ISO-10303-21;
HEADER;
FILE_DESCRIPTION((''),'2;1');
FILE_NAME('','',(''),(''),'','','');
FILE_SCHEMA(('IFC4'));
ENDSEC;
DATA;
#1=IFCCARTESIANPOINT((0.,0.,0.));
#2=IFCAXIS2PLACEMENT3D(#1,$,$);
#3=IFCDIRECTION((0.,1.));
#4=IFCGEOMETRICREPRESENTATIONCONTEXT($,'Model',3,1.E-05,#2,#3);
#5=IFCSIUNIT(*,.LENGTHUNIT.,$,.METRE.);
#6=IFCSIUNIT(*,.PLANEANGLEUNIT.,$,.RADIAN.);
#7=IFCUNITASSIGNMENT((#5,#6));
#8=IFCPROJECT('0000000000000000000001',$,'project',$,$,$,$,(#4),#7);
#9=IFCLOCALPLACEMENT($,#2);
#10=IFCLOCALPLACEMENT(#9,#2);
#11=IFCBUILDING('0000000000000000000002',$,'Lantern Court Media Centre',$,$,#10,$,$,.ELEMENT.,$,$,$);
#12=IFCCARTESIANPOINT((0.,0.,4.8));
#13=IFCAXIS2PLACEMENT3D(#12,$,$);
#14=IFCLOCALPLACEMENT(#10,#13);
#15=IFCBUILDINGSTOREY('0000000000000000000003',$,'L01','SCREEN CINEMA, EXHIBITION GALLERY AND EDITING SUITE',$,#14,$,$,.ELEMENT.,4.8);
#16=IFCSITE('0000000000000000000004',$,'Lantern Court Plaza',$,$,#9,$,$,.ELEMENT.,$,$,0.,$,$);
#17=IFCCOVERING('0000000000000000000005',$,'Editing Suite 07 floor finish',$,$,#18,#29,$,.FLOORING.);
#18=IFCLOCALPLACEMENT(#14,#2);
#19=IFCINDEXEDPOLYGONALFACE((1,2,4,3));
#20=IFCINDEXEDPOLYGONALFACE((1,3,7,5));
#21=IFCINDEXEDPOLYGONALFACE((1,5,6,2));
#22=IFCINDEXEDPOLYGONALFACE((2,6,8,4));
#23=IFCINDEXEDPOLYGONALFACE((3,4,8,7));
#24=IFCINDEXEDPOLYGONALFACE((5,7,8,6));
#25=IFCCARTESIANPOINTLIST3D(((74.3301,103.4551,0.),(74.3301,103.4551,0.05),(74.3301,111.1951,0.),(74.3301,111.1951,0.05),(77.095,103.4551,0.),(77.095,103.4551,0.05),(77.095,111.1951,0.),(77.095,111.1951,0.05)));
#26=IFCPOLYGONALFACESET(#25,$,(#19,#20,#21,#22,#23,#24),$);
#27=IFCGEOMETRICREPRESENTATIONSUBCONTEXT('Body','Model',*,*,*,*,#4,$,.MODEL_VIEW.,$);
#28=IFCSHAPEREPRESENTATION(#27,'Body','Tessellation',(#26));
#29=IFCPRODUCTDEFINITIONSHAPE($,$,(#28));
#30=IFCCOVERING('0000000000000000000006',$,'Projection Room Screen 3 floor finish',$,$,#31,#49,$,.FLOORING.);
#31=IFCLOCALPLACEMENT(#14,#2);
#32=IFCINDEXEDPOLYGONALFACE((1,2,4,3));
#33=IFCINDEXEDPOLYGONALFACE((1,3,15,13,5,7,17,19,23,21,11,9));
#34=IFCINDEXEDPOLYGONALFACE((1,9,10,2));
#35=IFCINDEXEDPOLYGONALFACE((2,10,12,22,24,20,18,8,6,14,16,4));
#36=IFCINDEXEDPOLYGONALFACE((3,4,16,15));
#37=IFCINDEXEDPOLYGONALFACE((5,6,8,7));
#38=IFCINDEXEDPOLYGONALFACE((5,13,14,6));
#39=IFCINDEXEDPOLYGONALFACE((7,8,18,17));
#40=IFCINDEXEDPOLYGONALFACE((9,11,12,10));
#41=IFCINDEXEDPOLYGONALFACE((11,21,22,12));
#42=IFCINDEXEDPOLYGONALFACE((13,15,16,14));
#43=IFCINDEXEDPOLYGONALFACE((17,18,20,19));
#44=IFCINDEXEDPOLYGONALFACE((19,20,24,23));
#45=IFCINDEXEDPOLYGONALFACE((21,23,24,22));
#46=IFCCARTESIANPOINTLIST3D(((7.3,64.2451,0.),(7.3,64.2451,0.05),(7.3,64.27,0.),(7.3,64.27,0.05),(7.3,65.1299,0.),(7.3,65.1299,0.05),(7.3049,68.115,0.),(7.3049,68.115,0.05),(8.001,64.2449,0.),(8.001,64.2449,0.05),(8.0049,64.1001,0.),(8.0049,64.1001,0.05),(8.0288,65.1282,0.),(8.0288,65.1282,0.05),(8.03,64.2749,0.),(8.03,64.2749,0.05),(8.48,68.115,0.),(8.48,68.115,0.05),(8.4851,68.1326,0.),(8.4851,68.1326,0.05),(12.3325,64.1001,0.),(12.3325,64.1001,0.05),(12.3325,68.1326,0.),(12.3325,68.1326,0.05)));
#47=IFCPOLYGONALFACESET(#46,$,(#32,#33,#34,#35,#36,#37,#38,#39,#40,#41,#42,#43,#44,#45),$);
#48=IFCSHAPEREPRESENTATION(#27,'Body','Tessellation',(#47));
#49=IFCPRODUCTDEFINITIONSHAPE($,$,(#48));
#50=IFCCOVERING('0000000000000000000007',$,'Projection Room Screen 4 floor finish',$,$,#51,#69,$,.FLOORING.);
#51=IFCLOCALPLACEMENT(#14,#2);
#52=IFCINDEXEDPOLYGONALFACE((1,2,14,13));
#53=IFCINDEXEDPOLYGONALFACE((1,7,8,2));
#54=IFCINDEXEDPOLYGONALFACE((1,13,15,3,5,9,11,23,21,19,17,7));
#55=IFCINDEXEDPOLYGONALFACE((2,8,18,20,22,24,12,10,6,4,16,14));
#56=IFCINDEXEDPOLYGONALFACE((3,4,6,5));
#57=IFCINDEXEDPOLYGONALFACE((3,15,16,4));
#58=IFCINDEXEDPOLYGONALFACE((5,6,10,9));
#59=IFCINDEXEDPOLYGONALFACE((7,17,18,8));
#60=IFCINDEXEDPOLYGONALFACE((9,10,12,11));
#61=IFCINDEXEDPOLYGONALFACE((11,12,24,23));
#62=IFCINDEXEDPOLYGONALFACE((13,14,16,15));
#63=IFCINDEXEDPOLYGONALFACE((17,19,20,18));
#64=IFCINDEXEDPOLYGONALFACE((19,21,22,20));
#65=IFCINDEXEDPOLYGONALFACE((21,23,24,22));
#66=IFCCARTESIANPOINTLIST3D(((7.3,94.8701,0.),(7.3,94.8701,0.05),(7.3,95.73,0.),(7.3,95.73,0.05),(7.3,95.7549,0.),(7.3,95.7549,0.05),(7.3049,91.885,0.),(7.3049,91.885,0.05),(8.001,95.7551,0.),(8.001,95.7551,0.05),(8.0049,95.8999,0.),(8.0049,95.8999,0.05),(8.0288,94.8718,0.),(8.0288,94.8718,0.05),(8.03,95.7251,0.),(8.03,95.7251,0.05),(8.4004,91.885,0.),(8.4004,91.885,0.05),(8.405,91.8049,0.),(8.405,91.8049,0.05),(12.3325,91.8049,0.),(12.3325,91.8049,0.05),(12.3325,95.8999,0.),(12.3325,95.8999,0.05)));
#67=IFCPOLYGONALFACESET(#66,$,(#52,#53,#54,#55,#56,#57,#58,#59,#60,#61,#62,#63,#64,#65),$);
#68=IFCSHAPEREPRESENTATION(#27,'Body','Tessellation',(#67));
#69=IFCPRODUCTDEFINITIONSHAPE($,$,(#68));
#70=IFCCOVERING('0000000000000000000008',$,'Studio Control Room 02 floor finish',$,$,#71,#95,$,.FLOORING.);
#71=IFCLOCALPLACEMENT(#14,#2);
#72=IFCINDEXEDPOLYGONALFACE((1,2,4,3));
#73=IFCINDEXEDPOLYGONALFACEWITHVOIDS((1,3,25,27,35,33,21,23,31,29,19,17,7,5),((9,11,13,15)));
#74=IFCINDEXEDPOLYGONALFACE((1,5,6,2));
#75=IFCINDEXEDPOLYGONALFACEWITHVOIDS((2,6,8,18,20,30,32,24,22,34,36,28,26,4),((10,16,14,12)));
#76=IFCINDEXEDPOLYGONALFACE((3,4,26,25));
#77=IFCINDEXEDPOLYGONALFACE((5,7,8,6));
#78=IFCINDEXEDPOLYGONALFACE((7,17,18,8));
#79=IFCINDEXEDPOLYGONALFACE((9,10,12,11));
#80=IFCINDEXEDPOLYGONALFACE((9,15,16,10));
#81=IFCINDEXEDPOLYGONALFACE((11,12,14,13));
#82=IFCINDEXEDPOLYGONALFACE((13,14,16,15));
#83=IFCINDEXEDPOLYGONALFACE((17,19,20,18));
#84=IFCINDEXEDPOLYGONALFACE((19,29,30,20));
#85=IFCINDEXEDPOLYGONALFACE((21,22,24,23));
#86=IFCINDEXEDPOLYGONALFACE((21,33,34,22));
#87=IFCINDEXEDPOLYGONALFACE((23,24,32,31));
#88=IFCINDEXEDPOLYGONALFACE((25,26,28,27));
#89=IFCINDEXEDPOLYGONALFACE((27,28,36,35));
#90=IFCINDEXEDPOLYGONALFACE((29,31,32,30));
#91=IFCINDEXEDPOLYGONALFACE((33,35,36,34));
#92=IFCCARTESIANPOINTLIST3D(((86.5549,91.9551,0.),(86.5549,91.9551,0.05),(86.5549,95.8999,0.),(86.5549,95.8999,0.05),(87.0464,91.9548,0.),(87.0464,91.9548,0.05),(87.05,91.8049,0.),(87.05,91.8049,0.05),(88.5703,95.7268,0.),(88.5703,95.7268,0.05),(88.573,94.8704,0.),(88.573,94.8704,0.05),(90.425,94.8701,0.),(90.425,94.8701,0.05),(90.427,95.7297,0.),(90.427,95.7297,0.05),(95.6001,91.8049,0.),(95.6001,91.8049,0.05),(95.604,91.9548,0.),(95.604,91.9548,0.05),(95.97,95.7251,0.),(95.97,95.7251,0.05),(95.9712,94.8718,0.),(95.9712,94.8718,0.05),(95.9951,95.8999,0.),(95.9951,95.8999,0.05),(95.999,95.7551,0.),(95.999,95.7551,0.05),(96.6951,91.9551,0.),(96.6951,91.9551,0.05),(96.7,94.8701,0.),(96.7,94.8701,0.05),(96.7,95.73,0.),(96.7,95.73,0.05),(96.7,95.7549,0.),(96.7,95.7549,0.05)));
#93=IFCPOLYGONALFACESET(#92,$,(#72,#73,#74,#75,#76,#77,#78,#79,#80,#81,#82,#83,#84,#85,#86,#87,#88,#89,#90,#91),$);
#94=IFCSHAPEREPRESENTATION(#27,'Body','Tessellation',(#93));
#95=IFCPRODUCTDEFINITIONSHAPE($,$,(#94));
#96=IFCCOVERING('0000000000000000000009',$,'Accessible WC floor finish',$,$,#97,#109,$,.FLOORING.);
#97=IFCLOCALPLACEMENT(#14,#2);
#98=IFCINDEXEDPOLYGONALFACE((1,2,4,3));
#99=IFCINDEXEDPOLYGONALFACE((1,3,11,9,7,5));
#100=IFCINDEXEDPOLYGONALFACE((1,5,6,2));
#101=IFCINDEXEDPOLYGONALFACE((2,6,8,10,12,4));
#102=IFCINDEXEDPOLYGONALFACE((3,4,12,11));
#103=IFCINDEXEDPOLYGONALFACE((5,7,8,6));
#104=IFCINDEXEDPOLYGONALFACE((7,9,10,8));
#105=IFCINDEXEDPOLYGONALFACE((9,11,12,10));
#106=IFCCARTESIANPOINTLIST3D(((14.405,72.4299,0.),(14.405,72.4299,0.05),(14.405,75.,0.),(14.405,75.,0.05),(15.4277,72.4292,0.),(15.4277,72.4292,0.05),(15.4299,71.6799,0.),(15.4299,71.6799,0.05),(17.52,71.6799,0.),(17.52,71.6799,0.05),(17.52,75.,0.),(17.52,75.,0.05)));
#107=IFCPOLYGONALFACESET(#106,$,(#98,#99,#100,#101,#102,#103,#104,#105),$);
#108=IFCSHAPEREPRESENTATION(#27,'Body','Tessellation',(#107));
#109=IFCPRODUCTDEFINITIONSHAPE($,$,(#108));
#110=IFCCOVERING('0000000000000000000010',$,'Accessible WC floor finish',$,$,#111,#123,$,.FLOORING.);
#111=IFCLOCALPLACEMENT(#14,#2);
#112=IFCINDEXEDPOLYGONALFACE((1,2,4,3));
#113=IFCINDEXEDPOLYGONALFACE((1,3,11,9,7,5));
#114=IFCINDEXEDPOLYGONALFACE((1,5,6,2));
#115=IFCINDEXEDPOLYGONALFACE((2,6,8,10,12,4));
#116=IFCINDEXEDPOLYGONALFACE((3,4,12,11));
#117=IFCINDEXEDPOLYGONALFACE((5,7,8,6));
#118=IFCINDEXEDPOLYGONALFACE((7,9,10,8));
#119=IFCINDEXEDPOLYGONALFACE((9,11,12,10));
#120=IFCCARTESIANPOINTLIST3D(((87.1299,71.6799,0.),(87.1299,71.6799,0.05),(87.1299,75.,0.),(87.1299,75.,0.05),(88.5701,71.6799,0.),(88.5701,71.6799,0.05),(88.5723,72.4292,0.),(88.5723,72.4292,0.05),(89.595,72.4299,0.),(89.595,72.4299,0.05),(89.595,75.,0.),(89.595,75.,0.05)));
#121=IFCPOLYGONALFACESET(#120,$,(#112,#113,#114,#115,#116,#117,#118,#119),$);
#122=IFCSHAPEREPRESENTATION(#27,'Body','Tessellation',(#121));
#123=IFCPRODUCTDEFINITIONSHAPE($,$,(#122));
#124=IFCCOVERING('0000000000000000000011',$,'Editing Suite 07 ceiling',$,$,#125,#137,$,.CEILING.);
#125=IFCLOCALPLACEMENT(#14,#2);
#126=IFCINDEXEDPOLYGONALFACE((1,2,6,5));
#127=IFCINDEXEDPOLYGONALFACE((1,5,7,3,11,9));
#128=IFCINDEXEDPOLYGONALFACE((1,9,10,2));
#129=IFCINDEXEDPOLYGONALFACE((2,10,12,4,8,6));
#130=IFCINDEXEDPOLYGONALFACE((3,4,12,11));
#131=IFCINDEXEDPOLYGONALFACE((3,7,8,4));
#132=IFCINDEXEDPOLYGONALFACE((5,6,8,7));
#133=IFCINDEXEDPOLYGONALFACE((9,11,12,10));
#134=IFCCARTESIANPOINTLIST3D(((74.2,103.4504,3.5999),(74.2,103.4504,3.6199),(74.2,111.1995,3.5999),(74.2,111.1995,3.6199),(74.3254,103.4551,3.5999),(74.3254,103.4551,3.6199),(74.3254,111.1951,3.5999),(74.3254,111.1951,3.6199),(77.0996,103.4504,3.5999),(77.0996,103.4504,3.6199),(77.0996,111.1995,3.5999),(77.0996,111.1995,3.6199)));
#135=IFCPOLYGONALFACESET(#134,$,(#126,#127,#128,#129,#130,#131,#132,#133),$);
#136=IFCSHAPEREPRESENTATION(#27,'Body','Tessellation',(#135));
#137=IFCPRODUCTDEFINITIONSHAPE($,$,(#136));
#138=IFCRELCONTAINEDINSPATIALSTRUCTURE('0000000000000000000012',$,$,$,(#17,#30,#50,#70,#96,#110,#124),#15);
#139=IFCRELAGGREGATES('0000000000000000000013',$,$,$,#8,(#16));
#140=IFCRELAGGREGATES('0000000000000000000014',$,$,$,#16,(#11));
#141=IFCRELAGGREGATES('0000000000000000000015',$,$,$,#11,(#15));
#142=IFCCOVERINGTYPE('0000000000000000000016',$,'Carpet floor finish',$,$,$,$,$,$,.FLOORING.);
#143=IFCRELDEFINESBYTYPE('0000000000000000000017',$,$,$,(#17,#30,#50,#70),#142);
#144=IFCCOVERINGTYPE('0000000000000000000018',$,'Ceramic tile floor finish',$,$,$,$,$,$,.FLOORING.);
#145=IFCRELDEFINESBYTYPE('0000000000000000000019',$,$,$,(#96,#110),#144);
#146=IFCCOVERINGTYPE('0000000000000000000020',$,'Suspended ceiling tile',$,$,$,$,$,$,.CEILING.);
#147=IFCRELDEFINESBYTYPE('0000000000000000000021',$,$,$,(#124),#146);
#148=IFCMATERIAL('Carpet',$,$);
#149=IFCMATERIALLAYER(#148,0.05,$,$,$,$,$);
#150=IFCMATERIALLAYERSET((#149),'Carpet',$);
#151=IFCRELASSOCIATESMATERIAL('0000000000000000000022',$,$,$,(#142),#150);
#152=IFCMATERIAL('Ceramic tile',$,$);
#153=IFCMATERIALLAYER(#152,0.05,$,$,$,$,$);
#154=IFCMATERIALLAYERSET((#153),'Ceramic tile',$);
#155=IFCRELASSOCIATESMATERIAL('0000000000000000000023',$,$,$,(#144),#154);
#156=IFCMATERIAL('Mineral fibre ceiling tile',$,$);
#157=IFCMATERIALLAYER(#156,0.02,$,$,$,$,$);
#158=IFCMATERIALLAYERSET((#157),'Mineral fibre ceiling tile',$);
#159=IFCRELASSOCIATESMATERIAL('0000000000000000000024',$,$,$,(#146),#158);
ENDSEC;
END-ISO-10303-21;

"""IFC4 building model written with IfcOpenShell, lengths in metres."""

from ifc_helpers import new_model, si_unit, direction, frame, origin, place, context, subcontext, project, spatial, polyline, outline, extrude, material, layer, layer_set, type_object, element, save


model = new_model("IFC4")

# Units and contexts
model_context = context("Model", 3, precision=1e-05, world=origin(), true_north=direction((0.0, 1.0)))
body_context = subcontext(model_context, "Body", "Model", "MODEL_VIEW")
ifc_project = project(units=[si_unit("LENGTHUNIT", "METRE"), si_unit("PLANEANGLEUNIT", "RADIAN")], contexts=[model_context])

# Site, building, storey
site_placement = place(None, origin())
site = spatial("IfcSite", under=ifc_project, at=site_placement, Name="Lantern Court Plaza", CompositionType="ELEMENT", RefElevation=0.0)
building_placement = place(site_placement, origin())
building = spatial("IfcBuilding", under=site, at=building_placement, Name="Lantern Court Media Centre", CompositionType="ELEMENT")
storey_placement = place(building_placement, frame((0.0, 0.0, 4.8)))
storey = spatial("IfcBuildingStorey", under=building, at=storey_placement, Name="L01", Description="SCREEN CINEMA, EXHIBITION GALLERY AND EDITING SUITE", CompositionType="ELEMENT", Elevation=4.8)

# Coverings
ifc_material_1 = material(Name="Carpet")
ifc_layer_1 = layer(ifc_material_1, 0.05)
ifc_layer_set_1 = layer_set([ifc_layer_1], Name="Carpet")
covering_type_1 = type_object("IfcCoveringType", Name="Carpet floor finish", PredefinedType="FLOORING", material=ifc_layer_set_1)
covering_1_placement = place(storey_placement, origin())
element("IfcCovering", 1, at=covering_1_placement, inside=storey, type_object=covering_type_1, Name="Editing Suite 07 floor finish", PredefinedType="FLOORING", context=body_context, shape_type="SweptSolid", body=[
    extrude(outline(polyline([(74.3301, 111.1951), (77.095, 111.1951), (77.095, 103.4551), (74.3301, 103.4551), (74.3301, 111.1951)])), origin(), (0.0, 0.0, 1.0), 0.05),
])
covering_2_placement = place(storey_placement, origin())
element("IfcCovering", 2, at=covering_2_placement, inside=storey, type_object=covering_type_1, Name="Projection Room Screen 3 floor finish", PredefinedType="FLOORING", context=body_context, shape_type="SweptSolid", body=[
    extrude(outline(polyline([(7.3, 65.1299), (7.3049, 68.115), (8.48, 68.115), (8.4851, 68.1326), (12.3325, 68.1326), (12.3325, 64.1001), (8.0049, 64.1001), (8.001, 64.2449), (7.3, 64.2451), (7.3, 64.27), (8.03, 64.2749), (8.0288, 65.1282), (7.3, 65.1299)])), origin(), (0.0, 0.0, 1.0), 0.05),
])
covering_3_placement = place(storey_placement, origin())
element("IfcCovering", 3, at=covering_3_placement, inside=storey, type_object=covering_type_1, Name="Projection Room Screen 4 floor finish", PredefinedType="FLOORING", context=body_context, shape_type="SweptSolid", body=[
    extrude(outline(polyline([(12.3325, 95.8999), (12.3325, 91.8049), (8.405, 91.8049), (8.4004, 91.885), (7.3049, 91.885), (7.3, 94.8701), (8.0288, 94.8718), (8.03, 95.7251), (7.3, 95.73), (7.3, 95.7549), (8.001, 95.7551), (8.0049, 95.8999), (12.3325, 95.8999)])), origin(), (0.0, 0.0, 1.0), 0.05),
])
covering_4_placement = place(storey_placement, origin())
element("IfcCovering", 4, at=covering_4_placement, inside=storey, type_object=covering_type_1, Name="Studio Control Room 02 floor finish", PredefinedType="FLOORING", context=body_context, shape_type="SweptSolid", body=[
    extrude(outline(polyline([(96.7, 94.8701), (96.6951, 91.9551), (95.604, 91.9548), (95.6001, 91.8049), (87.05, 91.8049), (87.0464, 91.9548), (86.5549, 91.9551), (86.5549, 95.8999), (95.9951, 95.8999), (95.999, 95.7551), (96.7, 95.7549), (96.7, 95.73), (95.97, 95.7251), (95.9712, 94.8718), (96.7, 94.8701)]), holes=[polyline([(90.425, 94.8701), (90.427, 95.7297), (88.5703, 95.7268), (88.573, 94.8704), (90.425, 94.8701)])]), origin(), (0.0, 0.0, 1.0), 0.05),
])
ifc_material_2 = material(Name="Ceramic tile")
ifc_layer_2 = layer(ifc_material_2, 0.05)
ifc_layer_set_2 = layer_set([ifc_layer_2], Name="Ceramic tile")
covering_type_2 = type_object("IfcCoveringType", Name="Ceramic tile floor finish", PredefinedType="FLOORING", material=ifc_layer_set_2)
covering_5_placement = place(storey_placement, origin())
element("IfcCovering", 5, at=covering_5_placement, inside=storey, type_object=covering_type_2, Name="Accessible WC floor finish", PredefinedType="FLOORING", context=body_context, shape_type="SweptSolid", body=[
    extrude(outline(polyline([(17.52, 75.0), (17.52, 71.6799), (15.4299, 71.6799), (15.4277, 72.4292), (14.405, 72.4299), (14.405, 75.0), (17.52, 75.0)])), origin(), (0.0, 0.0, 1.0), 0.05),
])
covering_6_placement = place(storey_placement, origin())
element("IfcCovering", 6, at=covering_6_placement, inside=storey, type_object=covering_type_2, Name="Accessible WC floor finish", PredefinedType="FLOORING", context=body_context, shape_type="SweptSolid", body=[
    extrude(outline(polyline([(89.595, 75.0), (89.595, 72.4299), (88.5723, 72.4292), (88.5701, 71.6799), (87.1299, 71.6799), (87.1299, 75.0), (89.595, 75.0)])), origin(), (0.0, 0.0, 1.0), 0.05),
])
ifc_material_3 = material(Name="Mineral fibre ceiling tile")
ifc_layer_3 = layer(ifc_material_3, 0.02)
ifc_layer_set_3 = layer_set([ifc_layer_3], Name="Mineral fibre ceiling tile")
covering_type_3 = type_object("IfcCoveringType", Name="Suspended ceiling tile", PredefinedType="CEILING", material=ifc_layer_set_3)
covering_7_placement = place(storey_placement, frame((0.0, 0.0, 3.5999)))
element("IfcCovering", 7, at=covering_7_placement, inside=storey, type_object=covering_type_3, Name="Editing Suite 07 ceiling", PredefinedType="CEILING", context=body_context, shape_type="SweptSolid", body=[
    extrude(outline(polyline([(74.2, 111.1995), (77.0996, 111.1995), (77.0996, 103.4504), (74.2, 103.4504), (74.3254, 103.4551), (74.3254, 111.1951), (74.2, 111.1995)])), origin(), (0.0, 0.0, 1.0), 0.02),
])

save(model, "model.ifc")
